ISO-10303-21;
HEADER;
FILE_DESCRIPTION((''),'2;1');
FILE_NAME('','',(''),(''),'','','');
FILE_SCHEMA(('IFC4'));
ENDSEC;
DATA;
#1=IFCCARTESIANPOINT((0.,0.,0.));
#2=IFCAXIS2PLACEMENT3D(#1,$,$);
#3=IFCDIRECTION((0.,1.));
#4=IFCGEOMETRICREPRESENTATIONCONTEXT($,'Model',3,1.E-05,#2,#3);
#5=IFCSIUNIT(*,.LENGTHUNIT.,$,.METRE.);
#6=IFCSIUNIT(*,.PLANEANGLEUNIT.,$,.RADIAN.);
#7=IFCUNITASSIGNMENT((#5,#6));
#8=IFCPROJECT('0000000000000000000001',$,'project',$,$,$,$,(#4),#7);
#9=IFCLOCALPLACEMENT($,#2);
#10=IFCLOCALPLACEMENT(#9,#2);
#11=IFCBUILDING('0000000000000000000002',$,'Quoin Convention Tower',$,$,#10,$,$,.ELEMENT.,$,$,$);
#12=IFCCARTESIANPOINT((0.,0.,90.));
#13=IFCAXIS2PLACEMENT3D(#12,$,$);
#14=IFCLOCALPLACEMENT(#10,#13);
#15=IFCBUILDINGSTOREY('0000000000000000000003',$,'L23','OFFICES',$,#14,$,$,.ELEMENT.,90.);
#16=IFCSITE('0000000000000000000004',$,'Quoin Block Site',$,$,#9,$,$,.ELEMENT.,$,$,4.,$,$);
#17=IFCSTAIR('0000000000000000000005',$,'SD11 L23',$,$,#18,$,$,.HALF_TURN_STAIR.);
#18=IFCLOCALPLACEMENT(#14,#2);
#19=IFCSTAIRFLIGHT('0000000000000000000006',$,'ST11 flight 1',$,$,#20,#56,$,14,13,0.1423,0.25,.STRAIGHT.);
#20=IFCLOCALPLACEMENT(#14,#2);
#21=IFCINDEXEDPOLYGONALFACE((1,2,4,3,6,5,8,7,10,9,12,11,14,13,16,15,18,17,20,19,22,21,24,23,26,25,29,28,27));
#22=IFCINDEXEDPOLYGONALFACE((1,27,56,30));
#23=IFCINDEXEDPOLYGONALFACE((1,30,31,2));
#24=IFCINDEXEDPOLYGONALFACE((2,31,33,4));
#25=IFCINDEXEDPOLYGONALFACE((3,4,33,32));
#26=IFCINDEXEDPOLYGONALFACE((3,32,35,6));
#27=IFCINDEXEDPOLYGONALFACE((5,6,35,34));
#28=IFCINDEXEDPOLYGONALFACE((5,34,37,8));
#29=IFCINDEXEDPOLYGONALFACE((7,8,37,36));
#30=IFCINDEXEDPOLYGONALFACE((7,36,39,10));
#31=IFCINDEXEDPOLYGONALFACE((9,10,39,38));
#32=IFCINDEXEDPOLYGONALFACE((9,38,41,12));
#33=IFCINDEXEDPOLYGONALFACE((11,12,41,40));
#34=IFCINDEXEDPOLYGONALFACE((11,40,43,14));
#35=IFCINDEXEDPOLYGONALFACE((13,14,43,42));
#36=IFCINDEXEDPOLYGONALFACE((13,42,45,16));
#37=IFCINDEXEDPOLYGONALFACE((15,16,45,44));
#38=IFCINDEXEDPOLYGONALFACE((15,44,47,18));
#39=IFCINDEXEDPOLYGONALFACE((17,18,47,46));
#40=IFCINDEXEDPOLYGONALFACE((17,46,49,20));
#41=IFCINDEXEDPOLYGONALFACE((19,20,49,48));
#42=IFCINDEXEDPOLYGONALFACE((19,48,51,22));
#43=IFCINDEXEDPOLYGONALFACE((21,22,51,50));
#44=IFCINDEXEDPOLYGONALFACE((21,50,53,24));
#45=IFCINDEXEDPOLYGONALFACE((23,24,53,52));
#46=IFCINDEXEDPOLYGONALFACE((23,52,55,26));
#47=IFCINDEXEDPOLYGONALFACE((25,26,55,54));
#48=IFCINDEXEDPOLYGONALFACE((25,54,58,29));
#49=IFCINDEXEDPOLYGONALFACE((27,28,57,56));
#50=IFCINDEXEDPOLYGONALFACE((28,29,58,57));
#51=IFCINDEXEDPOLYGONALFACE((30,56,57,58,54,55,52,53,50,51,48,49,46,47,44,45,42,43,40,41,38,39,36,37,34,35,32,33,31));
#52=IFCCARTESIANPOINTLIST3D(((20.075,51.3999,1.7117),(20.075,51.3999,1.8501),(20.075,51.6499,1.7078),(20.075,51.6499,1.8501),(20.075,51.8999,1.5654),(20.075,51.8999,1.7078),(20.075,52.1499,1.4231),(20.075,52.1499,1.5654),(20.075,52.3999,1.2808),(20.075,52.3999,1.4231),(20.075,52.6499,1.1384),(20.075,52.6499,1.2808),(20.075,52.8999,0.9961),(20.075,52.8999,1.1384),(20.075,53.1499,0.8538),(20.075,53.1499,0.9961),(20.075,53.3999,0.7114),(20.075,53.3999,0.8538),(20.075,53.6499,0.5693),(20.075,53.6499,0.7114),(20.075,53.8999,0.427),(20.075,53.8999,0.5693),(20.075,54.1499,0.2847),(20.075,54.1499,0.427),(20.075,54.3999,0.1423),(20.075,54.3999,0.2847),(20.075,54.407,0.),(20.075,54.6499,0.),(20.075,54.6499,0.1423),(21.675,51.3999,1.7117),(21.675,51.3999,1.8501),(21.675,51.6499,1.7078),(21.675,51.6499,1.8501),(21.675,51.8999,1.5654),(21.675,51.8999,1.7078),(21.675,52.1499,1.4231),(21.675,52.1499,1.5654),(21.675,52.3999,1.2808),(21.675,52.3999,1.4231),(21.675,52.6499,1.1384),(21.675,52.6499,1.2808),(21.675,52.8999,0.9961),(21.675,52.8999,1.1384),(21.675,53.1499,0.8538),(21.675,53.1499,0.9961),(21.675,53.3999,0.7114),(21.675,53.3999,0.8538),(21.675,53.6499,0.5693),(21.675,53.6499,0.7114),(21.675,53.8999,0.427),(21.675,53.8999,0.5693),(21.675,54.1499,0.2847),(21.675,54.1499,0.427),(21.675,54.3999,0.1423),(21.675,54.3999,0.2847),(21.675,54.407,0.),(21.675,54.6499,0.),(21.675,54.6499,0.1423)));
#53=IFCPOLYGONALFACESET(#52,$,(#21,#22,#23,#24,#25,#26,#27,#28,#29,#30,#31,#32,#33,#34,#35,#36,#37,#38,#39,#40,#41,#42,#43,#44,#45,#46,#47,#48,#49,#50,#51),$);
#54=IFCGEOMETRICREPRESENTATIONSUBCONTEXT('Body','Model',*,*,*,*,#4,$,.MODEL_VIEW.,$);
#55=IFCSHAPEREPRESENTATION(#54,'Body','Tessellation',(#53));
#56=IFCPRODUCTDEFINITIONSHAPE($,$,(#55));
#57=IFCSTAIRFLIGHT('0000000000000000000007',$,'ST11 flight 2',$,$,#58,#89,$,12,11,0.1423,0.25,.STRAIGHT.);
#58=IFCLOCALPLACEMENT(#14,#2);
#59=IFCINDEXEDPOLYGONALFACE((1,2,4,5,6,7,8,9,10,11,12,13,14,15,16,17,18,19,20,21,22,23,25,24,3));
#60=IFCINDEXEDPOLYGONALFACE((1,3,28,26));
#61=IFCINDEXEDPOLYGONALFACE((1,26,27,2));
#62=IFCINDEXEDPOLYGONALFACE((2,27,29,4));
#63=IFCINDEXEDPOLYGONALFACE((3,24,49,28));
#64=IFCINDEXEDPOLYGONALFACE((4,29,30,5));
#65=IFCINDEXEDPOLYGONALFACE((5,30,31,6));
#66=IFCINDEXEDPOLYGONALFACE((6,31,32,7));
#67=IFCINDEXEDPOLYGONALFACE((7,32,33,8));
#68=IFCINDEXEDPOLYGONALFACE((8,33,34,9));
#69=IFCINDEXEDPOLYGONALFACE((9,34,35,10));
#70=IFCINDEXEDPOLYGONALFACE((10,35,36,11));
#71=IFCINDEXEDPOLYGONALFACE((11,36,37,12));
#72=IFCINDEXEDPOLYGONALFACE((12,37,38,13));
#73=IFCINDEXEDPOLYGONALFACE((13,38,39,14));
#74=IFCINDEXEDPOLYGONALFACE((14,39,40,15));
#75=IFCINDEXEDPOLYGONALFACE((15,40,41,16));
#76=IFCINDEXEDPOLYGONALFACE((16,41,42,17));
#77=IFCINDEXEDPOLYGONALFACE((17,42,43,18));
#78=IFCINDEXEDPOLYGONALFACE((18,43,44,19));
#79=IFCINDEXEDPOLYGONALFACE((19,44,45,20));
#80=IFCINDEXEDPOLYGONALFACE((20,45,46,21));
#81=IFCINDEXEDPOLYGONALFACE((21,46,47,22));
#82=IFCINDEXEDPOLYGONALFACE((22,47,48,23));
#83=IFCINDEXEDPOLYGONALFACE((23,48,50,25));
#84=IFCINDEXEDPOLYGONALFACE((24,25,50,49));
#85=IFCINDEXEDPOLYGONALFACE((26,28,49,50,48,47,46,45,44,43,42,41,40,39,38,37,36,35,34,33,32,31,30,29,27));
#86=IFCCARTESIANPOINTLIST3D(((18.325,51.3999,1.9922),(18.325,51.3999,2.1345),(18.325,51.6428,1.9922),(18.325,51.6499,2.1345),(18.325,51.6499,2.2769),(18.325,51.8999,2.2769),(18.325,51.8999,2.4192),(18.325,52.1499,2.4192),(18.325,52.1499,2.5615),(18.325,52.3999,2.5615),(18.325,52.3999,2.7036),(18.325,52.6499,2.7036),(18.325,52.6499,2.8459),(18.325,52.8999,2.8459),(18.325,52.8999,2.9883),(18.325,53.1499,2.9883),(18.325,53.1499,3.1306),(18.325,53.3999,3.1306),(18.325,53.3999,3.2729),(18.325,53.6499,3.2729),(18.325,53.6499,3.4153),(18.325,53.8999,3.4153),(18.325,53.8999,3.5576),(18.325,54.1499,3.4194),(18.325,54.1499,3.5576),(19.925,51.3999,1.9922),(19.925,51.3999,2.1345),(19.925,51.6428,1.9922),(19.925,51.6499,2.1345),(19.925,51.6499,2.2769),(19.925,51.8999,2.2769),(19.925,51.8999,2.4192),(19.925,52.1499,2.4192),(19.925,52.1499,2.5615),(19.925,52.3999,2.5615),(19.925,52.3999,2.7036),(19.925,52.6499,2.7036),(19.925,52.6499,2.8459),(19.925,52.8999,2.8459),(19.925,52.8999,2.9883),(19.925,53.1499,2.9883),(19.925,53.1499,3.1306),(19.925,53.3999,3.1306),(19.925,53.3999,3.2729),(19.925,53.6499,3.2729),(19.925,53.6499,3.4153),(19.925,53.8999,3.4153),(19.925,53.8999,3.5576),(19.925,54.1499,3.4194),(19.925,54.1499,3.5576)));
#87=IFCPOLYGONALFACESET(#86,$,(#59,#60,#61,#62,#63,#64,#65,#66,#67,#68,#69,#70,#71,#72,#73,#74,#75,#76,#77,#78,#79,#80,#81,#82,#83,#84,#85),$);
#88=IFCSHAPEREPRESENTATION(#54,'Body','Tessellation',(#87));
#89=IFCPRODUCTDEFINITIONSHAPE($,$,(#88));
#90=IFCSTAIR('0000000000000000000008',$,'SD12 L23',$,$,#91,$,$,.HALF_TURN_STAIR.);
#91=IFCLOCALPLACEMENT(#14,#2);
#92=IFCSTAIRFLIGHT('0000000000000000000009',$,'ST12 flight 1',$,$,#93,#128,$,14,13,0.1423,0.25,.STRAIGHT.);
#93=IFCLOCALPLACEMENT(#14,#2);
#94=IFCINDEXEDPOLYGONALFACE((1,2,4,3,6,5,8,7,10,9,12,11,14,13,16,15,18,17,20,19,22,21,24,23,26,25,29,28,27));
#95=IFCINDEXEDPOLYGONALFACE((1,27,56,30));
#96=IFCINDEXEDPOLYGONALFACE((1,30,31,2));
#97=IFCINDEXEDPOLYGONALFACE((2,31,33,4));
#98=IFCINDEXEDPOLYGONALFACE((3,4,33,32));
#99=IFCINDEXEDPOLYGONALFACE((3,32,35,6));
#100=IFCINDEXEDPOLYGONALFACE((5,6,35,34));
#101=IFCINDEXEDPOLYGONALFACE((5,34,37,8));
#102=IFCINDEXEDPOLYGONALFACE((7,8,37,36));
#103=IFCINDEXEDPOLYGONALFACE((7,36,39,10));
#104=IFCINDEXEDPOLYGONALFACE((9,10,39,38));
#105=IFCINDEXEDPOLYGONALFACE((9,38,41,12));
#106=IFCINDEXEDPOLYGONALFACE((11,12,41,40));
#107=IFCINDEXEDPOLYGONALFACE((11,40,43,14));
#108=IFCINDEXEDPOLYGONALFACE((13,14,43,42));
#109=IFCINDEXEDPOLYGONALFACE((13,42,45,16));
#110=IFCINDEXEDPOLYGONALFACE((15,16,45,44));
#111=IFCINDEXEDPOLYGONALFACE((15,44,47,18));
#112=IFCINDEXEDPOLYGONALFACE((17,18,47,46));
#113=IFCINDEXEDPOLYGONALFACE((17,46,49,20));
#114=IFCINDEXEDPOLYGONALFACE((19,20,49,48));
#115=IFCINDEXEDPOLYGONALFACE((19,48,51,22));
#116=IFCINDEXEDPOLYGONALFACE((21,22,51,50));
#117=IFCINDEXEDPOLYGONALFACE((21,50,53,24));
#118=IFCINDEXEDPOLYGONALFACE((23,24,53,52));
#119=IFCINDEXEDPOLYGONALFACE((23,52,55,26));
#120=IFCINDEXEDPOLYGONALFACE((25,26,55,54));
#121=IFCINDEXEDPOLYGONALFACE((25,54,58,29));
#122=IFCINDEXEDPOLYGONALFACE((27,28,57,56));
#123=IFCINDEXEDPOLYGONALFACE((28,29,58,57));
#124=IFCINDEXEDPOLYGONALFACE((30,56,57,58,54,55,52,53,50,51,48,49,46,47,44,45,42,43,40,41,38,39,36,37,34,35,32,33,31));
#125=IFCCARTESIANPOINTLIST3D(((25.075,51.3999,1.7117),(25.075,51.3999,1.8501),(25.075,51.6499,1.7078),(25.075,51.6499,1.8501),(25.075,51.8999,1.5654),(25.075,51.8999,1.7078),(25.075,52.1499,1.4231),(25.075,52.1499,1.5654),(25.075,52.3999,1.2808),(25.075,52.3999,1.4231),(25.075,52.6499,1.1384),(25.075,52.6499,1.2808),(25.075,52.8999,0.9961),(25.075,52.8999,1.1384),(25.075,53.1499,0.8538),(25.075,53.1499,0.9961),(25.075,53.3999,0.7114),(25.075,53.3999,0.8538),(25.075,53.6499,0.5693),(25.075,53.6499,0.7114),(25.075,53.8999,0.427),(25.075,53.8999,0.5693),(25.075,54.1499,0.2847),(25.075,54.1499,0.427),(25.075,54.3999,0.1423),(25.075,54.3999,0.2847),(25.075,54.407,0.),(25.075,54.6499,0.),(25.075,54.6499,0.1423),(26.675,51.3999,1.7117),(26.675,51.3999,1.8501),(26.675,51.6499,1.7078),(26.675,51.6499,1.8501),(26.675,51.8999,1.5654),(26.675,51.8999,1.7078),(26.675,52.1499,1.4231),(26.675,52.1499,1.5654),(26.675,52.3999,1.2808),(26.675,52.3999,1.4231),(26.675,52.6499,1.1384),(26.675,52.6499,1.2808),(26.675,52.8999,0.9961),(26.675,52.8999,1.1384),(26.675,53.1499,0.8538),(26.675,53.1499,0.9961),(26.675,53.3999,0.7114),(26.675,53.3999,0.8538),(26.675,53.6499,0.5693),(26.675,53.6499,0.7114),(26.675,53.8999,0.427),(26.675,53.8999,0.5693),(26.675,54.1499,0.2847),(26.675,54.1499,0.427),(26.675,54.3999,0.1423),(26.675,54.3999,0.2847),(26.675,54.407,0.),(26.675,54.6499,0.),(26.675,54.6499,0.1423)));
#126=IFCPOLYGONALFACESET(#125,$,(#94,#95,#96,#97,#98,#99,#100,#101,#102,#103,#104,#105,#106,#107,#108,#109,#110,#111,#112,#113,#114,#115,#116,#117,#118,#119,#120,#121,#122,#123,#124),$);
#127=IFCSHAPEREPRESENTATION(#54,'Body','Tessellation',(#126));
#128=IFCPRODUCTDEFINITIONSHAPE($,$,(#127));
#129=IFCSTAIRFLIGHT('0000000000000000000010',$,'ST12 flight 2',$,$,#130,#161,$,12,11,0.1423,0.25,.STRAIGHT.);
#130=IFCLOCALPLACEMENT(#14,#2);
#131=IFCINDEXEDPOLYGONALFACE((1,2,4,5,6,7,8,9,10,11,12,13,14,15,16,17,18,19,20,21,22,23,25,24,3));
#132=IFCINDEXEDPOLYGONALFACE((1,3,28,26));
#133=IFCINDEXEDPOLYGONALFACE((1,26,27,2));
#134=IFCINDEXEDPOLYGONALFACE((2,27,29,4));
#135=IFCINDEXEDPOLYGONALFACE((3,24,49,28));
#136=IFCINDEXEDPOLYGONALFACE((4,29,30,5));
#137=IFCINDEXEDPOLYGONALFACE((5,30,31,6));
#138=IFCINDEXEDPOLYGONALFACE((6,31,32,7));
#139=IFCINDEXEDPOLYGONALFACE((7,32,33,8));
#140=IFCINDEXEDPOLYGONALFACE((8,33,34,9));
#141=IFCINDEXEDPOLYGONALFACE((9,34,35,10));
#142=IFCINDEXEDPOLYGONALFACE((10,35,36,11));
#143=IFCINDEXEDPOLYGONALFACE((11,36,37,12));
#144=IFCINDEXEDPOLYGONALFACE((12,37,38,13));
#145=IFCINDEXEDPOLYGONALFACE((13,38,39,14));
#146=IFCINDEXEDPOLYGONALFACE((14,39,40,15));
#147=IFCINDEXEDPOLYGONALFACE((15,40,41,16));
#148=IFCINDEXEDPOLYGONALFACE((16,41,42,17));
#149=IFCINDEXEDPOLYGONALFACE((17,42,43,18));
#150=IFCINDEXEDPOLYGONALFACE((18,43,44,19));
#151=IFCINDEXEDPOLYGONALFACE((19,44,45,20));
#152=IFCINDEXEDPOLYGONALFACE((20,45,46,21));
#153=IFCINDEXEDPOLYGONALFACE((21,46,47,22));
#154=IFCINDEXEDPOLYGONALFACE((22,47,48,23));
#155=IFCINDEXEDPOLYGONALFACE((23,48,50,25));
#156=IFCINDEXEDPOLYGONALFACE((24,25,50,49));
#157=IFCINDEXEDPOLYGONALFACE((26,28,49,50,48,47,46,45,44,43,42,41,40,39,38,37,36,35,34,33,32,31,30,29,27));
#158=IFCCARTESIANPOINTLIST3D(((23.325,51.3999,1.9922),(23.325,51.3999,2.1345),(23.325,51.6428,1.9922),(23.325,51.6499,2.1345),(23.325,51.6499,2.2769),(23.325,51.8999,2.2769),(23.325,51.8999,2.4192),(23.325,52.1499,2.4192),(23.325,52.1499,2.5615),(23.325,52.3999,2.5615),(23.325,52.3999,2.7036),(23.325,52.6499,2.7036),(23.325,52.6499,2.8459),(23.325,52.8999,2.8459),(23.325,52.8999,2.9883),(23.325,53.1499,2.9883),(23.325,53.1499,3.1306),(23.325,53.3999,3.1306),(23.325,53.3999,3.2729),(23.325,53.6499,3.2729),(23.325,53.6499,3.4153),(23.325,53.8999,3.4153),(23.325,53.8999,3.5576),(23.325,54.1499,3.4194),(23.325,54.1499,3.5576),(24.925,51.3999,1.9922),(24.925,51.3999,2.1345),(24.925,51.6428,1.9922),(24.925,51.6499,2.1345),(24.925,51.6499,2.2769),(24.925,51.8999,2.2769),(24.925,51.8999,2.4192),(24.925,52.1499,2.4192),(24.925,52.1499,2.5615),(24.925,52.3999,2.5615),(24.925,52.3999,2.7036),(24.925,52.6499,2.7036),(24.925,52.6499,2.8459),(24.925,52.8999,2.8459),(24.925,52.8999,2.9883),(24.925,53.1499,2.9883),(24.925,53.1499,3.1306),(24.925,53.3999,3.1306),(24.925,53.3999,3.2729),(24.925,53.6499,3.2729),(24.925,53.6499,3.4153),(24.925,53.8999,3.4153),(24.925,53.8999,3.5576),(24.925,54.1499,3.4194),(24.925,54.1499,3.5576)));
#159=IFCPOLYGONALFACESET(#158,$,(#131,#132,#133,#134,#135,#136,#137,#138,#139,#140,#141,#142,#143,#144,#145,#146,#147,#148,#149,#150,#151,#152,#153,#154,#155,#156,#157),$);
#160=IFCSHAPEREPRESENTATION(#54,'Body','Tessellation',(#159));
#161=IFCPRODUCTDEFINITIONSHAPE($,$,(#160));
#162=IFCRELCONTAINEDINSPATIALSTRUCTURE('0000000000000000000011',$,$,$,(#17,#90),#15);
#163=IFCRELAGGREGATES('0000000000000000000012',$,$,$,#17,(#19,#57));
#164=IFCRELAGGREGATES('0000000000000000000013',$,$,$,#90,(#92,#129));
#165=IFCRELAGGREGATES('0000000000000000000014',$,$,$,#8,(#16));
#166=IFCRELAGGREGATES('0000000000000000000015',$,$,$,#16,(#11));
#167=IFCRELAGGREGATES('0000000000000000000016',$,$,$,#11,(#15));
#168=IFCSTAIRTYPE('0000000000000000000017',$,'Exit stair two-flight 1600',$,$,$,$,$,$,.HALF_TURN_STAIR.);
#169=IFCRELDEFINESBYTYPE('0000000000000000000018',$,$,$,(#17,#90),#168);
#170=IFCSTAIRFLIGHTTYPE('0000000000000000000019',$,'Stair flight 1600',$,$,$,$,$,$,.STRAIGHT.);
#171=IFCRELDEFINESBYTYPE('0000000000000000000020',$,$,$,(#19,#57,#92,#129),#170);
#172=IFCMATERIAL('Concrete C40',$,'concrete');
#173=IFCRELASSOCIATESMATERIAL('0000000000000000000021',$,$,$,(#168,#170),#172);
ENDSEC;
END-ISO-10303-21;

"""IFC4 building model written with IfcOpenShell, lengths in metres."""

from ifc_helpers import new_model, si_unit, direction, frame, origin, place, context, subcontext, project, spatial, polyline, outline, extrude, material, type_object, element, aggregate, save


model = new_model("IFC4")

# Units and contexts
model_context = context("Model", 3, precision=1e-05, world=origin(), true_north=direction((0.0, 1.0)))
body_context = subcontext(model_context, "Body", "Model", "MODEL_VIEW")
ifc_project = project(units=[si_unit("LENGTHUNIT", "METRE"), si_unit("PLANEANGLEUNIT", "RADIAN")], contexts=[model_context])

# Site, building, storey
site_placement = place(None, origin())
site = spatial("IfcSite", under=ifc_project, at=site_placement, Name="Quoin Block Site", CompositionType="ELEMENT", RefElevation=4.0)
building_placement = place(site_placement, origin())
building = spatial("IfcBuilding", under=site, at=building_placement, Name="Quoin Convention Tower", CompositionType="ELEMENT")
storey_placement = place(building_placement, frame((0.0, 0.0, 90.0)))
storey = spatial("IfcBuildingStorey", under=building, at=storey_placement, Name="L23", Description="OFFICES", CompositionType="ELEMENT", Elevation=90.0)

# Shared definitions
ifc_material_1 = material(Name="Concrete C40", Category="concrete")

# Stairs, stair flights
stair_type_1 = type_object("IfcStairType", Name="Exit stair two-flight 1600", PredefinedType="HALF_TURN_STAIR", material=ifc_material_1)
stair_1_placement = place(storey_placement, origin())
stair_1 = element("IfcStair", 1, at=stair_1_placement, inside=storey, type_object=stair_type_1, Name="SD11 L23", PredefinedType="HALF_TURN_STAIR")
stair_flight_type_1 = type_object("IfcStairFlightType", Name="Stair flight 1600", PredefinedType="STRAIGHT", material=ifc_material_1)
stair_flight_1_placement = place(storey_placement, frame((20.875, 54.6499, 0.0), z_axis=(0.0, 0.0, 1.0), x_axis=(0.0, -1.0, 0.0)))
stair_flight_1 = element("IfcStairFlight", 2, at=stair_flight_1_placement, type_object=stair_flight_type_1, Name="ST11 flight 1", NumberOfRisers=14, NumberOfTreads=13, PredefinedType="STRAIGHT", RiserHeight=0.1423, TreadLength=0.25, context=body_context, shape_type="SweptSolid", body=[
    extrude(outline(polyline([(0.0, 0.0), (0.0, 0.1423), (0.25, 0.1423), (0.25, 0.2847), (0.5, 0.2847), (0.5, 0.427), (0.75, 0.427), (0.75, 0.5693), (1.0, 0.5693), (1.0, 0.7114), (1.25, 0.7114), (1.25, 0.8538), (1.5, 0.8538), (1.5, 0.9961), (1.75, 0.9961), (1.75, 1.1384), (2.0, 1.1384), (2.0, 1.2808), (2.25, 1.2808), (2.25, 1.4231), (2.5, 1.4231), (2.5, 1.5654), (2.75, 1.5654), (2.75, 1.7078), (3.0, 1.7078), (3.0, 1.8501), (3.25, 1.8501), (3.25, 1.9922), (3.25, 1.7117), (0.2429, 0.0), (0.0, 0.0)])), frame((0.0, 0.8, 0.0), z_axis=(0.0, -1.0, 0.0), x_axis=(1.0, 0.0, 0.0)), (0.0, 0.0, 1.0), 1.6001),
])
stair_flight_2_placement = place(storey_placement, frame((19.125, 51.3999, 1.9922), z_axis=(0.0, 0.0, 1.0), x_axis=(0.0, 1.0, 0.0)))
stair_flight_2 = element("IfcStairFlight", 3, at=stair_flight_2_placement, type_object=stair_flight_type_1, Name="ST11 flight 2", NumberOfRisers=12, NumberOfTreads=11, PredefinedType="STRAIGHT", RiserHeight=0.1423, TreadLength=0.25, context=body_context, shape_type="SweptSolid", body=[
    extrude(outline(polyline([(0.0, 0.0), (0.0, 0.1423), (0.25, 0.1423), (0.25, 0.2847), (0.5, 0.2847), (0.5, 0.427), (0.75, 0.427), (0.75, 0.5693), (1.0, 0.5693), (1.0, 0.7114), (1.25, 0.7114), (1.25, 0.8538), (1.5, 0.8538), (1.5, 0.9961), (1.75, 0.9961), (1.75, 1.1384), (2.0, 1.1384), (2.0, 1.2808), (2.25, 1.2808), (2.25, 1.4231), (2.5, 1.4231), (2.5, 1.5654), (2.75, 1.5654), (2.75, 1.7078), (2.75, 1.4272), (0.2429, 0.0), (0.0, 0.0)])), frame((0.0, 0.8, 0.0), z_axis=(0.0, -1.0, 0.0), x_axis=(1.0, 0.0, 0.0)), (0.0, 0.0, 1.0), 1.6001),
])
aggregate(stair_1, [stair_flight_1, stair_flight_2])
stair_2_placement = place(storey_placement, origin())
stair_2 = element("IfcStair", 4, at=stair_2_placement, inside=storey, type_object=stair_type_1, Name="SD12 L23", PredefinedType="HALF_TURN_STAIR")
stair_flight_3_placement = place(storey_placement, frame((25.875, 54.6499, 0.0), z_axis=(0.0, 0.0, 1.0), x_axis=(0.0, -1.0, 0.0)))
stair_flight_3 = element("IfcStairFlight", 5, at=stair_flight_3_placement, type_object=stair_flight_type_1, Name="ST12 flight 1", NumberOfRisers=14, NumberOfTreads=13, PredefinedType="STRAIGHT", RiserHeight=0.1423, TreadLength=0.25, context=body_context, shape_type="SweptSolid", body=[
    extrude(outline(polyline([(0.0, 0.0), (0.0, 0.1423), (0.25, 0.1423), (0.25, 0.2847), (0.5, 0.2847), (0.5, 0.427), (0.75, 0.427), (0.75, 0.5693), (1.0, 0.5693), (1.0, 0.7114), (1.25, 0.7114), (1.25, 0.8538), (1.5, 0.8538), (1.5, 0.9961), (1.75, 0.9961), (1.75, 1.1384), (2.0, 1.1384), (2.0, 1.2808), (2.25, 1.2808), (2.25, 1.4231), (2.5, 1.4231), (2.5, 1.5654), (2.75, 1.5654), (2.75, 1.7078), (3.0, 1.7078), (3.0, 1.8501), (3.25, 1.8501), (3.25, 1.9922), (3.25, 1.7117), (0.2429, 0.0), (0.0, 0.0)])), frame((0.0, 0.8, 0.0), z_axis=(0.0, -1.0, 0.0), x_axis=(1.0, 0.0, 0.0)), (0.0, 0.0, 1.0), 1.6001),
])
stair_flight_4_placement = place(storey_placement, frame((24.125, 51.3999, 1.9922), z_axis=(0.0, 0.0, 1.0), x_axis=(0.0, 1.0, 0.0)))
stair_flight_4 = element("IfcStairFlight", 6, at=stair_flight_4_placement, type_object=stair_flight_type_1, Name="ST12 flight 2", NumberOfRisers=12, NumberOfTreads=11, PredefinedType="STRAIGHT", RiserHeight=0.1423, TreadLength=0.25, context=body_context, shape_type="SweptSolid", body=[
    extrude(outline(polyline([(0.0, 0.0), (0.0, 0.1423), (0.25, 0.1423), (0.25, 0.2847), (0.5, 0.2847), (0.5, 0.427), (0.75, 0.427), (0.75, 0.5693), (1.0, 0.5693), (1.0, 0.7114), (1.25, 0.7114), (1.25, 0.8538), (1.5, 0.8538), (1.5, 0.9961), (1.75, 0.9961), (1.75, 1.1384), (2.0, 1.1384), (2.0, 1.2808), (2.25, 1.2808), (2.25, 1.4231), (2.5, 1.4231), (2.5, 1.5654), (2.75, 1.5654), (2.75, 1.7078), (2.75, 1.4272), (0.2429, 0.0), (0.0, 0.0)])), frame((0.0, 0.8, 0.0), z_axis=(0.0, -1.0, 0.0), x_axis=(1.0, 0.0, 0.0)), (0.0, 0.0, 1.0), 1.6001),
])
aggregate(stair_2, [stair_flight_3, stair_flight_4])

save(model, "model.ifc")
